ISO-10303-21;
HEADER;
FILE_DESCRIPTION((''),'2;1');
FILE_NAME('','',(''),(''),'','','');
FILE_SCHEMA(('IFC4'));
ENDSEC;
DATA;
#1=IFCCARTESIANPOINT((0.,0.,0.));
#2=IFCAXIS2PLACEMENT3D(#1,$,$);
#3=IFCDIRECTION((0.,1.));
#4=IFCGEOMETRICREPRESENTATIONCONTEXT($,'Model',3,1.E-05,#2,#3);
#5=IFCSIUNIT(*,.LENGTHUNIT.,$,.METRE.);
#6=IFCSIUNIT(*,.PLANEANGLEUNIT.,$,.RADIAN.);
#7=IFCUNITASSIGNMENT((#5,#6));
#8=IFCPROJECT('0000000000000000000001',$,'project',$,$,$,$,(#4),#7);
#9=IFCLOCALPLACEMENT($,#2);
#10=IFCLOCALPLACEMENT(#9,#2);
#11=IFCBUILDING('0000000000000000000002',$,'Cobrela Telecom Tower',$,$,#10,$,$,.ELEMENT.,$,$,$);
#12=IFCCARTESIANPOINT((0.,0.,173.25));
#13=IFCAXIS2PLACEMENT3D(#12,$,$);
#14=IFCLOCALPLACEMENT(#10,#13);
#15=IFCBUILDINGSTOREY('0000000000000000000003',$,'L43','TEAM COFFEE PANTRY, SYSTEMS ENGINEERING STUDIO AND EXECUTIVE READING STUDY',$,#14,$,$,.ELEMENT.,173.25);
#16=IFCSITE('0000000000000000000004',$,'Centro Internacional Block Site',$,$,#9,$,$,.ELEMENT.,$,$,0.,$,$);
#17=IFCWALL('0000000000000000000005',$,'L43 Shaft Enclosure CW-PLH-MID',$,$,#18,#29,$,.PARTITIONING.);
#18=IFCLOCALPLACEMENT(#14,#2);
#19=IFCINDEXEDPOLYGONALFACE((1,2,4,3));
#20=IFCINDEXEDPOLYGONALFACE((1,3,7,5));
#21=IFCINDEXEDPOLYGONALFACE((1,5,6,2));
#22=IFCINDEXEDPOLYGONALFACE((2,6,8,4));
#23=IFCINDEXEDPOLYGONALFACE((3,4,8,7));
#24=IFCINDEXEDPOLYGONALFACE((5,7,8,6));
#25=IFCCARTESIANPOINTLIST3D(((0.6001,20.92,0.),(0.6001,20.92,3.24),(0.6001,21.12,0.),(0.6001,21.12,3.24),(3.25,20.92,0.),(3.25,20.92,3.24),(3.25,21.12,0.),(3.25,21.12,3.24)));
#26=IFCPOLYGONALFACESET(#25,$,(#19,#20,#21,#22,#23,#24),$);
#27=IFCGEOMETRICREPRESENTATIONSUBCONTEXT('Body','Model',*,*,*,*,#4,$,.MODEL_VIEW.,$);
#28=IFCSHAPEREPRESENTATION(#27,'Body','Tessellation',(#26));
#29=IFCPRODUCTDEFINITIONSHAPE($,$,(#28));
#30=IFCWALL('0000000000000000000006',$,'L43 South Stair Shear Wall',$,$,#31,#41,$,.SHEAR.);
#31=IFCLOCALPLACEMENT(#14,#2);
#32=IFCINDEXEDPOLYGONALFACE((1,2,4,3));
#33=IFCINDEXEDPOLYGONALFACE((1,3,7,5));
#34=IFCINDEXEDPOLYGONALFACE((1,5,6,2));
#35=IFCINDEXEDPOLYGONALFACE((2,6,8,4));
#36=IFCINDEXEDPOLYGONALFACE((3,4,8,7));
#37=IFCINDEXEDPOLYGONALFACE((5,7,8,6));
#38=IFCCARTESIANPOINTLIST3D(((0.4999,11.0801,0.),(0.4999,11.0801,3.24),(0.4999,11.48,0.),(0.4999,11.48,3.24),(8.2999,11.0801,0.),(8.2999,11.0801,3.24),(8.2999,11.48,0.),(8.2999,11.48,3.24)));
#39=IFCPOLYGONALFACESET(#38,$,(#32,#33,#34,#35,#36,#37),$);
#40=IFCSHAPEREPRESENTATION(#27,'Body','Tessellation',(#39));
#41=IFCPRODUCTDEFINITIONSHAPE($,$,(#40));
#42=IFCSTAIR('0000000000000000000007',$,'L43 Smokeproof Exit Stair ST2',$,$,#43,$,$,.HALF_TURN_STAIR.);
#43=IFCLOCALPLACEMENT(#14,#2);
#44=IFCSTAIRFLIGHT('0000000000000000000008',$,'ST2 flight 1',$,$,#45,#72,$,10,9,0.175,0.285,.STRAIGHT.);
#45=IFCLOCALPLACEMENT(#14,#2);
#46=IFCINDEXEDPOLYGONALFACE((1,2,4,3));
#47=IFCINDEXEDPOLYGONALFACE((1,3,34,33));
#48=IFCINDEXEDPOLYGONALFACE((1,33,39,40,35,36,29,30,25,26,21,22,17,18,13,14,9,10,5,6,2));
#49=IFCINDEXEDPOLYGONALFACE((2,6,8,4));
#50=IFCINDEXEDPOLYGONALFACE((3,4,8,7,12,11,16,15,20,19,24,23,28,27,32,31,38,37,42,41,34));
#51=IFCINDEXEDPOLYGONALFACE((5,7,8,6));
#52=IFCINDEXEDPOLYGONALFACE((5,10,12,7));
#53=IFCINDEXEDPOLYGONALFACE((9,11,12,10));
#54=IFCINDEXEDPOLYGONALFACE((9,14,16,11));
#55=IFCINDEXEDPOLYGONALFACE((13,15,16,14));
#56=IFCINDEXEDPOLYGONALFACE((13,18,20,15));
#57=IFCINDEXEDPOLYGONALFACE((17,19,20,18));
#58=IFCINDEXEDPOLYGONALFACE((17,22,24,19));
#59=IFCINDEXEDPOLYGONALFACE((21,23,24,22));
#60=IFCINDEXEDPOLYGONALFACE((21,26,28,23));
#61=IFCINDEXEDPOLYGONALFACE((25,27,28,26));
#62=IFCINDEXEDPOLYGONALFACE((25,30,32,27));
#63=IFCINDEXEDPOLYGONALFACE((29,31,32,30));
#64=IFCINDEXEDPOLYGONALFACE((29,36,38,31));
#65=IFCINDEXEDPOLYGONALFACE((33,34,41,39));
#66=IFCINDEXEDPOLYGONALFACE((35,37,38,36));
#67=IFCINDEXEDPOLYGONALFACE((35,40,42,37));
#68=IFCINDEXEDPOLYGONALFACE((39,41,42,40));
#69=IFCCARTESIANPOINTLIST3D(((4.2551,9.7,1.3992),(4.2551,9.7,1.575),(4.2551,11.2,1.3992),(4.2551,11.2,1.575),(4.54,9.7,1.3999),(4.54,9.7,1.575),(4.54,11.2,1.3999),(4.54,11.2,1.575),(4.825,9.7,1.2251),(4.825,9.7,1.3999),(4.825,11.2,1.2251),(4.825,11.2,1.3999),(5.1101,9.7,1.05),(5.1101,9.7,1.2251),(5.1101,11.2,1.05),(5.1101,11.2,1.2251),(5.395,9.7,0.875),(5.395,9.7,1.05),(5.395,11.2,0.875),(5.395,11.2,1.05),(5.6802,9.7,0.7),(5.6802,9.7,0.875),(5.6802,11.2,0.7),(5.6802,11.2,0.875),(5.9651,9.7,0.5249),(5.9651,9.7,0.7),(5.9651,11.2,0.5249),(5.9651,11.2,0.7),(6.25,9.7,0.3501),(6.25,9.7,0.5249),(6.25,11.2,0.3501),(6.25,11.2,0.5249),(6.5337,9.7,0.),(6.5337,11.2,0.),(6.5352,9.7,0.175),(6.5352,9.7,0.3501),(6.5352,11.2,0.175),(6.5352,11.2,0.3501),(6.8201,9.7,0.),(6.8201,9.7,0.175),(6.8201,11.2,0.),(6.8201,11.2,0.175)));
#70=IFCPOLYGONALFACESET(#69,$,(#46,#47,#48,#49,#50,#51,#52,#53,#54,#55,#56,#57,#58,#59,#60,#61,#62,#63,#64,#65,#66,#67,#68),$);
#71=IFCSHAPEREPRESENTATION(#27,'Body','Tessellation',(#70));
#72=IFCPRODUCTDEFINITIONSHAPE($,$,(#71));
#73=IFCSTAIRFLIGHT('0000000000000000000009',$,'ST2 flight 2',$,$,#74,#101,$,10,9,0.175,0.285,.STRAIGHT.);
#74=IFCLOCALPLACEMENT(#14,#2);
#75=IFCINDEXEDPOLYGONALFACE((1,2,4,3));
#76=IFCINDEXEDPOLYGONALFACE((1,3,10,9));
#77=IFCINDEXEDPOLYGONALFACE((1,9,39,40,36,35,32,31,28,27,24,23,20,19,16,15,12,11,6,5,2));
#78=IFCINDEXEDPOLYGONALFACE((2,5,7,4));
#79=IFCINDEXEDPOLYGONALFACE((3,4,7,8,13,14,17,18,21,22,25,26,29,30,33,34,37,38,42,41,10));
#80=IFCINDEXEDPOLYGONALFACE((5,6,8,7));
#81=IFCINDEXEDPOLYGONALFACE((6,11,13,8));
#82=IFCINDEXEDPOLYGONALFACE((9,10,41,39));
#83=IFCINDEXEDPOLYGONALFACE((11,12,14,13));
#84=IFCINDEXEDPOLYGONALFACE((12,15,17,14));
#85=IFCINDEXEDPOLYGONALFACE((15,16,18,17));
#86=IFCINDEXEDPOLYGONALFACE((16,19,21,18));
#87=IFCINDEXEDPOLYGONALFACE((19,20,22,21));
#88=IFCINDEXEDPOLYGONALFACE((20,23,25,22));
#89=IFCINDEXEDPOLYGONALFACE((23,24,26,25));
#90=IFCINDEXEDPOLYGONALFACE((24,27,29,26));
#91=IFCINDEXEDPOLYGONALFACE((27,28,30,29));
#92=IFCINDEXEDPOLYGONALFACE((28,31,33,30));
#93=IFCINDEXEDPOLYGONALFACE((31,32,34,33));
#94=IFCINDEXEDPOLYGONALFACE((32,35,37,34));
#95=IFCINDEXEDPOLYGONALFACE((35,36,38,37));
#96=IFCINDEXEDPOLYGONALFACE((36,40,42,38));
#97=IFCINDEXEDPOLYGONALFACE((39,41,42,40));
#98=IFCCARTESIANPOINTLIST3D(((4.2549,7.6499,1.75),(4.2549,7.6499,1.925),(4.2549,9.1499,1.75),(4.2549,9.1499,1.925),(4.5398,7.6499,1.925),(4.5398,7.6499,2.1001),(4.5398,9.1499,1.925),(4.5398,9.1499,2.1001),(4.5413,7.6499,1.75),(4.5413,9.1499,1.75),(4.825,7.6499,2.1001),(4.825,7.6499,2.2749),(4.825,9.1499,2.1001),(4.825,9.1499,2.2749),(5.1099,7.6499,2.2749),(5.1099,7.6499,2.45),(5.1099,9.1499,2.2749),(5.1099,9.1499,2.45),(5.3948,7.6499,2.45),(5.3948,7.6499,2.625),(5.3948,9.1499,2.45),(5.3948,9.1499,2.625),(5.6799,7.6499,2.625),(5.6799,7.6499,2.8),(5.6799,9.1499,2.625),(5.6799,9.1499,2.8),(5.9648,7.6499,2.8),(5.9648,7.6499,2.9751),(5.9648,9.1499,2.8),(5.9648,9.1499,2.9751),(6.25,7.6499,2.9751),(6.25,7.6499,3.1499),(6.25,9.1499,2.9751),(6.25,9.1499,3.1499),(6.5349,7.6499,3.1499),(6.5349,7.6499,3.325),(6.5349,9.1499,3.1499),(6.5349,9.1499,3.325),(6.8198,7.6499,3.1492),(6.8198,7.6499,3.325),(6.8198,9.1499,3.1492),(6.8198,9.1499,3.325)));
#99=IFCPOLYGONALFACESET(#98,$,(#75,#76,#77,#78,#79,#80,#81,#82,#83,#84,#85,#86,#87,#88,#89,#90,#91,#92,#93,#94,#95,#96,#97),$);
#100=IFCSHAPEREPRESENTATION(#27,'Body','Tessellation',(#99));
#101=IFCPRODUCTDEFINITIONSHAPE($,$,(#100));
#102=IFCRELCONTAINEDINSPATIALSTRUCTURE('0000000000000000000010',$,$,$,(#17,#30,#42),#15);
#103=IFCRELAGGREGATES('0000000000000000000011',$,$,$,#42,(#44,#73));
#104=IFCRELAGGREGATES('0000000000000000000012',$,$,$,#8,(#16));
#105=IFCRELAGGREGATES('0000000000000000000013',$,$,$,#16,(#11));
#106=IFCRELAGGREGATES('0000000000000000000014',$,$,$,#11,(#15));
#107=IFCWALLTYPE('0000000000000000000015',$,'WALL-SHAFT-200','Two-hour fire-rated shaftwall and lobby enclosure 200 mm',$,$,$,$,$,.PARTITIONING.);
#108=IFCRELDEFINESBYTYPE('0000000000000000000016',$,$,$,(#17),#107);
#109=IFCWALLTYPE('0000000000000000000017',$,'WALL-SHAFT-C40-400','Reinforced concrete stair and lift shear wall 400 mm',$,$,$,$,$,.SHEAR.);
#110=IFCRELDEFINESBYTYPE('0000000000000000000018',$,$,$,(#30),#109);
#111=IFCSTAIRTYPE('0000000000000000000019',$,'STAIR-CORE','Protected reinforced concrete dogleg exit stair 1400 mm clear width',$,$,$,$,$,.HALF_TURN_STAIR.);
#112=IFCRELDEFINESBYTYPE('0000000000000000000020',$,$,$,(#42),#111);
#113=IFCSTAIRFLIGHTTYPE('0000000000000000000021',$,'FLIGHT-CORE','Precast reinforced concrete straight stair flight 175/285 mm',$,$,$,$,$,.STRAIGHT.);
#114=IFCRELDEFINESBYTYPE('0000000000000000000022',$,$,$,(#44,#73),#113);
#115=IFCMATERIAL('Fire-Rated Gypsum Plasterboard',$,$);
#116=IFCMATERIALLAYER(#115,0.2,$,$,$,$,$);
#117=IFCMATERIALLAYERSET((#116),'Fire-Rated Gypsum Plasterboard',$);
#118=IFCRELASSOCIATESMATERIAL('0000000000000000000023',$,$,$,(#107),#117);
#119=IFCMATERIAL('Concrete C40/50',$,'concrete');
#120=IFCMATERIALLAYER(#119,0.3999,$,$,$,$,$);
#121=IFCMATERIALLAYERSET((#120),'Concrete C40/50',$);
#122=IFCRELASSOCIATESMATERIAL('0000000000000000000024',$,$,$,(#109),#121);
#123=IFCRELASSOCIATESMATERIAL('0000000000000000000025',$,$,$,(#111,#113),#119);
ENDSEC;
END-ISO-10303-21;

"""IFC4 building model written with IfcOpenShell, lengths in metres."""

from ifc_helpers import new_model, si_unit, direction, frame, frame_2d, origin, place, context, subcontext, project, spatial, polyline, rectangle, outline, extrude, material, layer, layer_set, type_object, element, aggregate, save


model = new_model("IFC4")

# Units and contexts
model_context = context("Model", 3, precision=1e-05, world=origin(), true_north=direction((0.0, 1.0)))
body_context = subcontext(model_context, "Body", "Model", "MODEL_VIEW")
ifc_project = project(units=[si_unit("LENGTHUNIT", "METRE"), si_unit("PLANEANGLEUNIT", "RADIAN")], contexts=[model_context])

# Site, building, storey
site_placement = place(None, origin())
site = spatial("IfcSite", under=ifc_project, at=site_placement, Name="Centro Internacional Block Site", CompositionType="ELEMENT", RefElevation=0.0)
building_placement = place(site_placement, origin())
building = spatial("IfcBuilding", under=site, at=building_placement, Name="Cobrela Telecom Tower", CompositionType="ELEMENT")
storey_placement = place(building_placement, frame((0.0, 0.0, 173.25)))
storey = spatial("IfcBuildingStorey", under=building, at=storey_placement, Name="L43", Description="TEAM COFFEE PANTRY, SYSTEMS ENGINEERING STUDIO AND EXECUTIVE READING STUDY", CompositionType="ELEMENT", Elevation=173.25)

# Shared definitions
ifc_material_1 = material(Name="Fire-Rated Gypsum Plasterboard")

# Shared definitions
ifc_layer_1 = layer(ifc_material_1, 0.2)
ifc_layer_set_1 = layer_set([ifc_layer_1], Name="Fire-Rated Gypsum Plasterboard")
wall_type_1 = type_object("IfcWallType", Name="WALL-SHAFT-200", Description="Two-hour fire-rated shaftwall and lobby enclosure 200 mm", PredefinedType="PARTITIONING", material=ifc_layer_set_1)

# Walls
for number, where, z_axis, x_axis, name in (
    (1, (0.6001, 21.02, 0.0), (0.0, 0.0, 1.0), (1.0, 0.0, 0.0), "L43 Shaft Enclosure CW-PLH-MID"),
):
    element("IfcWall", number, at=place(storey_placement, frame(where, z_axis=z_axis, x_axis=x_axis)), inside=storey, type_object=wall_type_1, Name=name, PredefinedType="PARTITIONING", context=body_context, shape_type="SweptSolid", body=[
        extrude(rectangle(XDim=2.6499, YDim=0.2, at=frame_2d((1.325, 0.0))), origin(), (0.0, 0.0, 1.0), 3.24),
    ])
ifc_material_2 = material(Name="Concrete C40/50", Category="concrete")
ifc_layer_2 = layer(ifc_material_2, 0.3999)
ifc_layer_set_2 = layer_set([ifc_layer_2], Name="Concrete C40/50")
wall_type_2 = type_object("IfcWallType", Name="WALL-SHAFT-C40-400", Description="Reinforced concrete stair and lift shear wall 400 mm", PredefinedType="SHEAR", material=ifc_layer_set_2)
wall_1_placement = place(storey_placement, frame((0.5, 11.28, 0.0), z_axis=(0.0, 0.0, 1.0), x_axis=(1.0, 0.0, 0.0)))
element("IfcWall", 2, at=wall_1_placement, inside=storey, type_object=wall_type_2, Name="L43 South Stair Shear Wall", PredefinedType="SHEAR", context=body_context, shape_type="SweptSolid", body=[
    extrude(rectangle(XDim=7.8, YDim=0.3999, at=frame_2d((3.8999, 0.0))), origin(), (0.0, 0.0, 1.0), 3.24),
])

# Stair, stair flights
stair_type = type_object("IfcStairType", Name="STAIR-CORE", Description="Protected reinforced concrete dogleg exit stair 1400 mm clear width", PredefinedType="HALF_TURN_STAIR", material=ifc_material_2)
stair_placement = place(storey_placement, origin())
stair = element("IfcStair", 3, at=stair_placement, inside=storey, type_object=stair_type, Name="L43 Smokeproof Exit Stair ST2", PredefinedType="HALF_TURN_STAIR")
stair_flight_type = type_object("IfcStairFlightType", Name="FLIGHT-CORE", Description="Precast reinforced concrete straight stair flight 175/285 mm", PredefinedType="STRAIGHT", material=ifc_material_2)
stair_flight_1_placement = place(storey_placement, frame((6.8201, 10.45, 0.0), z_axis=(0.0, 0.0, 1.0), x_axis=(-1.0, 0.0, 0.0)))
stair_flight_1 = element("IfcStairFlight", 4, at=stair_flight_1_placement, type_object=stair_flight_type, Name="ST2 flight 1", NumberOfRisers=10, NumberOfTreads=9, PredefinedType="STRAIGHT", RiserHeight=0.175, TreadLength=0.285, context=body_context, shape_type="SweptSolid", body=[
    extrude(outline(polyline([(0.0, 0.0), (0.0, 0.175), (0.2849, 0.175), (0.2849, 0.3501), (0.5701, 0.3501), (0.5701, 0.5249), (0.855, 0.5249), (0.855, 0.7), (1.1399, 0.7), (1.1399, 0.875), (1.425, 0.875), (1.425, 1.05), (1.71, 1.05), (1.71, 1.2251), (1.9951, 1.2251), (1.9951, 1.3999), (2.28, 1.3999), (2.28, 1.575), (2.5649, 1.575), (2.5649, 1.75), (2.5649, 1.3992), (0.2864, 0.0), (0.0, 0.0)])), frame((0.0, 0.75, 0.0), z_axis=(0.0, -1.0, 0.0), x_axis=(1.0, 0.0, 0.0)), (0.0, 0.0, 1.0), 1.5),
])
stair_flight_2_placement = place(storey_placement, frame((4.2549, 8.3999, 1.75), z_axis=(0.0, 0.0, 1.0), x_axis=(1.0, 0.0, 0.0)))
stair_flight_2 = element("IfcStairFlight", 5, at=stair_flight_2_placement, type_object=stair_flight_type, Name="ST2 flight 2", NumberOfRisers=10, NumberOfTreads=9, PredefinedType="STRAIGHT", RiserHeight=0.175, TreadLength=0.285, context=body_context, shape_type="SweptSolid", body=[
    extrude(outline(polyline([(0.0, 0.0), (0.0, 0.175), (0.2849, 0.175), (0.2849, 0.3501), (0.5701, 0.3501), (0.5701, 0.5249), (0.855, 0.5249), (0.855, 0.7), (1.1399, 0.7), (1.1399, 0.875), (1.425, 0.875), (1.425, 1.05), (1.71, 1.05), (1.71, 1.2251), (1.9951, 1.2251), (1.9951, 1.3999), (2.28, 1.3999), (2.28, 1.575), (2.5649, 1.575), (2.5649, 1.75), (2.5649, 1.3992), (0.2864, 0.0), (0.0, 0.0)])), frame((0.0, 0.75, 0.0), z_axis=(0.0, -1.0, 0.0), x_axis=(1.0, 0.0, 0.0)), (0.0, 0.0, 1.0), 1.5),
])
aggregate(stair, [stair_flight_1, stair_flight_2])

save(model, "model.ifc")
